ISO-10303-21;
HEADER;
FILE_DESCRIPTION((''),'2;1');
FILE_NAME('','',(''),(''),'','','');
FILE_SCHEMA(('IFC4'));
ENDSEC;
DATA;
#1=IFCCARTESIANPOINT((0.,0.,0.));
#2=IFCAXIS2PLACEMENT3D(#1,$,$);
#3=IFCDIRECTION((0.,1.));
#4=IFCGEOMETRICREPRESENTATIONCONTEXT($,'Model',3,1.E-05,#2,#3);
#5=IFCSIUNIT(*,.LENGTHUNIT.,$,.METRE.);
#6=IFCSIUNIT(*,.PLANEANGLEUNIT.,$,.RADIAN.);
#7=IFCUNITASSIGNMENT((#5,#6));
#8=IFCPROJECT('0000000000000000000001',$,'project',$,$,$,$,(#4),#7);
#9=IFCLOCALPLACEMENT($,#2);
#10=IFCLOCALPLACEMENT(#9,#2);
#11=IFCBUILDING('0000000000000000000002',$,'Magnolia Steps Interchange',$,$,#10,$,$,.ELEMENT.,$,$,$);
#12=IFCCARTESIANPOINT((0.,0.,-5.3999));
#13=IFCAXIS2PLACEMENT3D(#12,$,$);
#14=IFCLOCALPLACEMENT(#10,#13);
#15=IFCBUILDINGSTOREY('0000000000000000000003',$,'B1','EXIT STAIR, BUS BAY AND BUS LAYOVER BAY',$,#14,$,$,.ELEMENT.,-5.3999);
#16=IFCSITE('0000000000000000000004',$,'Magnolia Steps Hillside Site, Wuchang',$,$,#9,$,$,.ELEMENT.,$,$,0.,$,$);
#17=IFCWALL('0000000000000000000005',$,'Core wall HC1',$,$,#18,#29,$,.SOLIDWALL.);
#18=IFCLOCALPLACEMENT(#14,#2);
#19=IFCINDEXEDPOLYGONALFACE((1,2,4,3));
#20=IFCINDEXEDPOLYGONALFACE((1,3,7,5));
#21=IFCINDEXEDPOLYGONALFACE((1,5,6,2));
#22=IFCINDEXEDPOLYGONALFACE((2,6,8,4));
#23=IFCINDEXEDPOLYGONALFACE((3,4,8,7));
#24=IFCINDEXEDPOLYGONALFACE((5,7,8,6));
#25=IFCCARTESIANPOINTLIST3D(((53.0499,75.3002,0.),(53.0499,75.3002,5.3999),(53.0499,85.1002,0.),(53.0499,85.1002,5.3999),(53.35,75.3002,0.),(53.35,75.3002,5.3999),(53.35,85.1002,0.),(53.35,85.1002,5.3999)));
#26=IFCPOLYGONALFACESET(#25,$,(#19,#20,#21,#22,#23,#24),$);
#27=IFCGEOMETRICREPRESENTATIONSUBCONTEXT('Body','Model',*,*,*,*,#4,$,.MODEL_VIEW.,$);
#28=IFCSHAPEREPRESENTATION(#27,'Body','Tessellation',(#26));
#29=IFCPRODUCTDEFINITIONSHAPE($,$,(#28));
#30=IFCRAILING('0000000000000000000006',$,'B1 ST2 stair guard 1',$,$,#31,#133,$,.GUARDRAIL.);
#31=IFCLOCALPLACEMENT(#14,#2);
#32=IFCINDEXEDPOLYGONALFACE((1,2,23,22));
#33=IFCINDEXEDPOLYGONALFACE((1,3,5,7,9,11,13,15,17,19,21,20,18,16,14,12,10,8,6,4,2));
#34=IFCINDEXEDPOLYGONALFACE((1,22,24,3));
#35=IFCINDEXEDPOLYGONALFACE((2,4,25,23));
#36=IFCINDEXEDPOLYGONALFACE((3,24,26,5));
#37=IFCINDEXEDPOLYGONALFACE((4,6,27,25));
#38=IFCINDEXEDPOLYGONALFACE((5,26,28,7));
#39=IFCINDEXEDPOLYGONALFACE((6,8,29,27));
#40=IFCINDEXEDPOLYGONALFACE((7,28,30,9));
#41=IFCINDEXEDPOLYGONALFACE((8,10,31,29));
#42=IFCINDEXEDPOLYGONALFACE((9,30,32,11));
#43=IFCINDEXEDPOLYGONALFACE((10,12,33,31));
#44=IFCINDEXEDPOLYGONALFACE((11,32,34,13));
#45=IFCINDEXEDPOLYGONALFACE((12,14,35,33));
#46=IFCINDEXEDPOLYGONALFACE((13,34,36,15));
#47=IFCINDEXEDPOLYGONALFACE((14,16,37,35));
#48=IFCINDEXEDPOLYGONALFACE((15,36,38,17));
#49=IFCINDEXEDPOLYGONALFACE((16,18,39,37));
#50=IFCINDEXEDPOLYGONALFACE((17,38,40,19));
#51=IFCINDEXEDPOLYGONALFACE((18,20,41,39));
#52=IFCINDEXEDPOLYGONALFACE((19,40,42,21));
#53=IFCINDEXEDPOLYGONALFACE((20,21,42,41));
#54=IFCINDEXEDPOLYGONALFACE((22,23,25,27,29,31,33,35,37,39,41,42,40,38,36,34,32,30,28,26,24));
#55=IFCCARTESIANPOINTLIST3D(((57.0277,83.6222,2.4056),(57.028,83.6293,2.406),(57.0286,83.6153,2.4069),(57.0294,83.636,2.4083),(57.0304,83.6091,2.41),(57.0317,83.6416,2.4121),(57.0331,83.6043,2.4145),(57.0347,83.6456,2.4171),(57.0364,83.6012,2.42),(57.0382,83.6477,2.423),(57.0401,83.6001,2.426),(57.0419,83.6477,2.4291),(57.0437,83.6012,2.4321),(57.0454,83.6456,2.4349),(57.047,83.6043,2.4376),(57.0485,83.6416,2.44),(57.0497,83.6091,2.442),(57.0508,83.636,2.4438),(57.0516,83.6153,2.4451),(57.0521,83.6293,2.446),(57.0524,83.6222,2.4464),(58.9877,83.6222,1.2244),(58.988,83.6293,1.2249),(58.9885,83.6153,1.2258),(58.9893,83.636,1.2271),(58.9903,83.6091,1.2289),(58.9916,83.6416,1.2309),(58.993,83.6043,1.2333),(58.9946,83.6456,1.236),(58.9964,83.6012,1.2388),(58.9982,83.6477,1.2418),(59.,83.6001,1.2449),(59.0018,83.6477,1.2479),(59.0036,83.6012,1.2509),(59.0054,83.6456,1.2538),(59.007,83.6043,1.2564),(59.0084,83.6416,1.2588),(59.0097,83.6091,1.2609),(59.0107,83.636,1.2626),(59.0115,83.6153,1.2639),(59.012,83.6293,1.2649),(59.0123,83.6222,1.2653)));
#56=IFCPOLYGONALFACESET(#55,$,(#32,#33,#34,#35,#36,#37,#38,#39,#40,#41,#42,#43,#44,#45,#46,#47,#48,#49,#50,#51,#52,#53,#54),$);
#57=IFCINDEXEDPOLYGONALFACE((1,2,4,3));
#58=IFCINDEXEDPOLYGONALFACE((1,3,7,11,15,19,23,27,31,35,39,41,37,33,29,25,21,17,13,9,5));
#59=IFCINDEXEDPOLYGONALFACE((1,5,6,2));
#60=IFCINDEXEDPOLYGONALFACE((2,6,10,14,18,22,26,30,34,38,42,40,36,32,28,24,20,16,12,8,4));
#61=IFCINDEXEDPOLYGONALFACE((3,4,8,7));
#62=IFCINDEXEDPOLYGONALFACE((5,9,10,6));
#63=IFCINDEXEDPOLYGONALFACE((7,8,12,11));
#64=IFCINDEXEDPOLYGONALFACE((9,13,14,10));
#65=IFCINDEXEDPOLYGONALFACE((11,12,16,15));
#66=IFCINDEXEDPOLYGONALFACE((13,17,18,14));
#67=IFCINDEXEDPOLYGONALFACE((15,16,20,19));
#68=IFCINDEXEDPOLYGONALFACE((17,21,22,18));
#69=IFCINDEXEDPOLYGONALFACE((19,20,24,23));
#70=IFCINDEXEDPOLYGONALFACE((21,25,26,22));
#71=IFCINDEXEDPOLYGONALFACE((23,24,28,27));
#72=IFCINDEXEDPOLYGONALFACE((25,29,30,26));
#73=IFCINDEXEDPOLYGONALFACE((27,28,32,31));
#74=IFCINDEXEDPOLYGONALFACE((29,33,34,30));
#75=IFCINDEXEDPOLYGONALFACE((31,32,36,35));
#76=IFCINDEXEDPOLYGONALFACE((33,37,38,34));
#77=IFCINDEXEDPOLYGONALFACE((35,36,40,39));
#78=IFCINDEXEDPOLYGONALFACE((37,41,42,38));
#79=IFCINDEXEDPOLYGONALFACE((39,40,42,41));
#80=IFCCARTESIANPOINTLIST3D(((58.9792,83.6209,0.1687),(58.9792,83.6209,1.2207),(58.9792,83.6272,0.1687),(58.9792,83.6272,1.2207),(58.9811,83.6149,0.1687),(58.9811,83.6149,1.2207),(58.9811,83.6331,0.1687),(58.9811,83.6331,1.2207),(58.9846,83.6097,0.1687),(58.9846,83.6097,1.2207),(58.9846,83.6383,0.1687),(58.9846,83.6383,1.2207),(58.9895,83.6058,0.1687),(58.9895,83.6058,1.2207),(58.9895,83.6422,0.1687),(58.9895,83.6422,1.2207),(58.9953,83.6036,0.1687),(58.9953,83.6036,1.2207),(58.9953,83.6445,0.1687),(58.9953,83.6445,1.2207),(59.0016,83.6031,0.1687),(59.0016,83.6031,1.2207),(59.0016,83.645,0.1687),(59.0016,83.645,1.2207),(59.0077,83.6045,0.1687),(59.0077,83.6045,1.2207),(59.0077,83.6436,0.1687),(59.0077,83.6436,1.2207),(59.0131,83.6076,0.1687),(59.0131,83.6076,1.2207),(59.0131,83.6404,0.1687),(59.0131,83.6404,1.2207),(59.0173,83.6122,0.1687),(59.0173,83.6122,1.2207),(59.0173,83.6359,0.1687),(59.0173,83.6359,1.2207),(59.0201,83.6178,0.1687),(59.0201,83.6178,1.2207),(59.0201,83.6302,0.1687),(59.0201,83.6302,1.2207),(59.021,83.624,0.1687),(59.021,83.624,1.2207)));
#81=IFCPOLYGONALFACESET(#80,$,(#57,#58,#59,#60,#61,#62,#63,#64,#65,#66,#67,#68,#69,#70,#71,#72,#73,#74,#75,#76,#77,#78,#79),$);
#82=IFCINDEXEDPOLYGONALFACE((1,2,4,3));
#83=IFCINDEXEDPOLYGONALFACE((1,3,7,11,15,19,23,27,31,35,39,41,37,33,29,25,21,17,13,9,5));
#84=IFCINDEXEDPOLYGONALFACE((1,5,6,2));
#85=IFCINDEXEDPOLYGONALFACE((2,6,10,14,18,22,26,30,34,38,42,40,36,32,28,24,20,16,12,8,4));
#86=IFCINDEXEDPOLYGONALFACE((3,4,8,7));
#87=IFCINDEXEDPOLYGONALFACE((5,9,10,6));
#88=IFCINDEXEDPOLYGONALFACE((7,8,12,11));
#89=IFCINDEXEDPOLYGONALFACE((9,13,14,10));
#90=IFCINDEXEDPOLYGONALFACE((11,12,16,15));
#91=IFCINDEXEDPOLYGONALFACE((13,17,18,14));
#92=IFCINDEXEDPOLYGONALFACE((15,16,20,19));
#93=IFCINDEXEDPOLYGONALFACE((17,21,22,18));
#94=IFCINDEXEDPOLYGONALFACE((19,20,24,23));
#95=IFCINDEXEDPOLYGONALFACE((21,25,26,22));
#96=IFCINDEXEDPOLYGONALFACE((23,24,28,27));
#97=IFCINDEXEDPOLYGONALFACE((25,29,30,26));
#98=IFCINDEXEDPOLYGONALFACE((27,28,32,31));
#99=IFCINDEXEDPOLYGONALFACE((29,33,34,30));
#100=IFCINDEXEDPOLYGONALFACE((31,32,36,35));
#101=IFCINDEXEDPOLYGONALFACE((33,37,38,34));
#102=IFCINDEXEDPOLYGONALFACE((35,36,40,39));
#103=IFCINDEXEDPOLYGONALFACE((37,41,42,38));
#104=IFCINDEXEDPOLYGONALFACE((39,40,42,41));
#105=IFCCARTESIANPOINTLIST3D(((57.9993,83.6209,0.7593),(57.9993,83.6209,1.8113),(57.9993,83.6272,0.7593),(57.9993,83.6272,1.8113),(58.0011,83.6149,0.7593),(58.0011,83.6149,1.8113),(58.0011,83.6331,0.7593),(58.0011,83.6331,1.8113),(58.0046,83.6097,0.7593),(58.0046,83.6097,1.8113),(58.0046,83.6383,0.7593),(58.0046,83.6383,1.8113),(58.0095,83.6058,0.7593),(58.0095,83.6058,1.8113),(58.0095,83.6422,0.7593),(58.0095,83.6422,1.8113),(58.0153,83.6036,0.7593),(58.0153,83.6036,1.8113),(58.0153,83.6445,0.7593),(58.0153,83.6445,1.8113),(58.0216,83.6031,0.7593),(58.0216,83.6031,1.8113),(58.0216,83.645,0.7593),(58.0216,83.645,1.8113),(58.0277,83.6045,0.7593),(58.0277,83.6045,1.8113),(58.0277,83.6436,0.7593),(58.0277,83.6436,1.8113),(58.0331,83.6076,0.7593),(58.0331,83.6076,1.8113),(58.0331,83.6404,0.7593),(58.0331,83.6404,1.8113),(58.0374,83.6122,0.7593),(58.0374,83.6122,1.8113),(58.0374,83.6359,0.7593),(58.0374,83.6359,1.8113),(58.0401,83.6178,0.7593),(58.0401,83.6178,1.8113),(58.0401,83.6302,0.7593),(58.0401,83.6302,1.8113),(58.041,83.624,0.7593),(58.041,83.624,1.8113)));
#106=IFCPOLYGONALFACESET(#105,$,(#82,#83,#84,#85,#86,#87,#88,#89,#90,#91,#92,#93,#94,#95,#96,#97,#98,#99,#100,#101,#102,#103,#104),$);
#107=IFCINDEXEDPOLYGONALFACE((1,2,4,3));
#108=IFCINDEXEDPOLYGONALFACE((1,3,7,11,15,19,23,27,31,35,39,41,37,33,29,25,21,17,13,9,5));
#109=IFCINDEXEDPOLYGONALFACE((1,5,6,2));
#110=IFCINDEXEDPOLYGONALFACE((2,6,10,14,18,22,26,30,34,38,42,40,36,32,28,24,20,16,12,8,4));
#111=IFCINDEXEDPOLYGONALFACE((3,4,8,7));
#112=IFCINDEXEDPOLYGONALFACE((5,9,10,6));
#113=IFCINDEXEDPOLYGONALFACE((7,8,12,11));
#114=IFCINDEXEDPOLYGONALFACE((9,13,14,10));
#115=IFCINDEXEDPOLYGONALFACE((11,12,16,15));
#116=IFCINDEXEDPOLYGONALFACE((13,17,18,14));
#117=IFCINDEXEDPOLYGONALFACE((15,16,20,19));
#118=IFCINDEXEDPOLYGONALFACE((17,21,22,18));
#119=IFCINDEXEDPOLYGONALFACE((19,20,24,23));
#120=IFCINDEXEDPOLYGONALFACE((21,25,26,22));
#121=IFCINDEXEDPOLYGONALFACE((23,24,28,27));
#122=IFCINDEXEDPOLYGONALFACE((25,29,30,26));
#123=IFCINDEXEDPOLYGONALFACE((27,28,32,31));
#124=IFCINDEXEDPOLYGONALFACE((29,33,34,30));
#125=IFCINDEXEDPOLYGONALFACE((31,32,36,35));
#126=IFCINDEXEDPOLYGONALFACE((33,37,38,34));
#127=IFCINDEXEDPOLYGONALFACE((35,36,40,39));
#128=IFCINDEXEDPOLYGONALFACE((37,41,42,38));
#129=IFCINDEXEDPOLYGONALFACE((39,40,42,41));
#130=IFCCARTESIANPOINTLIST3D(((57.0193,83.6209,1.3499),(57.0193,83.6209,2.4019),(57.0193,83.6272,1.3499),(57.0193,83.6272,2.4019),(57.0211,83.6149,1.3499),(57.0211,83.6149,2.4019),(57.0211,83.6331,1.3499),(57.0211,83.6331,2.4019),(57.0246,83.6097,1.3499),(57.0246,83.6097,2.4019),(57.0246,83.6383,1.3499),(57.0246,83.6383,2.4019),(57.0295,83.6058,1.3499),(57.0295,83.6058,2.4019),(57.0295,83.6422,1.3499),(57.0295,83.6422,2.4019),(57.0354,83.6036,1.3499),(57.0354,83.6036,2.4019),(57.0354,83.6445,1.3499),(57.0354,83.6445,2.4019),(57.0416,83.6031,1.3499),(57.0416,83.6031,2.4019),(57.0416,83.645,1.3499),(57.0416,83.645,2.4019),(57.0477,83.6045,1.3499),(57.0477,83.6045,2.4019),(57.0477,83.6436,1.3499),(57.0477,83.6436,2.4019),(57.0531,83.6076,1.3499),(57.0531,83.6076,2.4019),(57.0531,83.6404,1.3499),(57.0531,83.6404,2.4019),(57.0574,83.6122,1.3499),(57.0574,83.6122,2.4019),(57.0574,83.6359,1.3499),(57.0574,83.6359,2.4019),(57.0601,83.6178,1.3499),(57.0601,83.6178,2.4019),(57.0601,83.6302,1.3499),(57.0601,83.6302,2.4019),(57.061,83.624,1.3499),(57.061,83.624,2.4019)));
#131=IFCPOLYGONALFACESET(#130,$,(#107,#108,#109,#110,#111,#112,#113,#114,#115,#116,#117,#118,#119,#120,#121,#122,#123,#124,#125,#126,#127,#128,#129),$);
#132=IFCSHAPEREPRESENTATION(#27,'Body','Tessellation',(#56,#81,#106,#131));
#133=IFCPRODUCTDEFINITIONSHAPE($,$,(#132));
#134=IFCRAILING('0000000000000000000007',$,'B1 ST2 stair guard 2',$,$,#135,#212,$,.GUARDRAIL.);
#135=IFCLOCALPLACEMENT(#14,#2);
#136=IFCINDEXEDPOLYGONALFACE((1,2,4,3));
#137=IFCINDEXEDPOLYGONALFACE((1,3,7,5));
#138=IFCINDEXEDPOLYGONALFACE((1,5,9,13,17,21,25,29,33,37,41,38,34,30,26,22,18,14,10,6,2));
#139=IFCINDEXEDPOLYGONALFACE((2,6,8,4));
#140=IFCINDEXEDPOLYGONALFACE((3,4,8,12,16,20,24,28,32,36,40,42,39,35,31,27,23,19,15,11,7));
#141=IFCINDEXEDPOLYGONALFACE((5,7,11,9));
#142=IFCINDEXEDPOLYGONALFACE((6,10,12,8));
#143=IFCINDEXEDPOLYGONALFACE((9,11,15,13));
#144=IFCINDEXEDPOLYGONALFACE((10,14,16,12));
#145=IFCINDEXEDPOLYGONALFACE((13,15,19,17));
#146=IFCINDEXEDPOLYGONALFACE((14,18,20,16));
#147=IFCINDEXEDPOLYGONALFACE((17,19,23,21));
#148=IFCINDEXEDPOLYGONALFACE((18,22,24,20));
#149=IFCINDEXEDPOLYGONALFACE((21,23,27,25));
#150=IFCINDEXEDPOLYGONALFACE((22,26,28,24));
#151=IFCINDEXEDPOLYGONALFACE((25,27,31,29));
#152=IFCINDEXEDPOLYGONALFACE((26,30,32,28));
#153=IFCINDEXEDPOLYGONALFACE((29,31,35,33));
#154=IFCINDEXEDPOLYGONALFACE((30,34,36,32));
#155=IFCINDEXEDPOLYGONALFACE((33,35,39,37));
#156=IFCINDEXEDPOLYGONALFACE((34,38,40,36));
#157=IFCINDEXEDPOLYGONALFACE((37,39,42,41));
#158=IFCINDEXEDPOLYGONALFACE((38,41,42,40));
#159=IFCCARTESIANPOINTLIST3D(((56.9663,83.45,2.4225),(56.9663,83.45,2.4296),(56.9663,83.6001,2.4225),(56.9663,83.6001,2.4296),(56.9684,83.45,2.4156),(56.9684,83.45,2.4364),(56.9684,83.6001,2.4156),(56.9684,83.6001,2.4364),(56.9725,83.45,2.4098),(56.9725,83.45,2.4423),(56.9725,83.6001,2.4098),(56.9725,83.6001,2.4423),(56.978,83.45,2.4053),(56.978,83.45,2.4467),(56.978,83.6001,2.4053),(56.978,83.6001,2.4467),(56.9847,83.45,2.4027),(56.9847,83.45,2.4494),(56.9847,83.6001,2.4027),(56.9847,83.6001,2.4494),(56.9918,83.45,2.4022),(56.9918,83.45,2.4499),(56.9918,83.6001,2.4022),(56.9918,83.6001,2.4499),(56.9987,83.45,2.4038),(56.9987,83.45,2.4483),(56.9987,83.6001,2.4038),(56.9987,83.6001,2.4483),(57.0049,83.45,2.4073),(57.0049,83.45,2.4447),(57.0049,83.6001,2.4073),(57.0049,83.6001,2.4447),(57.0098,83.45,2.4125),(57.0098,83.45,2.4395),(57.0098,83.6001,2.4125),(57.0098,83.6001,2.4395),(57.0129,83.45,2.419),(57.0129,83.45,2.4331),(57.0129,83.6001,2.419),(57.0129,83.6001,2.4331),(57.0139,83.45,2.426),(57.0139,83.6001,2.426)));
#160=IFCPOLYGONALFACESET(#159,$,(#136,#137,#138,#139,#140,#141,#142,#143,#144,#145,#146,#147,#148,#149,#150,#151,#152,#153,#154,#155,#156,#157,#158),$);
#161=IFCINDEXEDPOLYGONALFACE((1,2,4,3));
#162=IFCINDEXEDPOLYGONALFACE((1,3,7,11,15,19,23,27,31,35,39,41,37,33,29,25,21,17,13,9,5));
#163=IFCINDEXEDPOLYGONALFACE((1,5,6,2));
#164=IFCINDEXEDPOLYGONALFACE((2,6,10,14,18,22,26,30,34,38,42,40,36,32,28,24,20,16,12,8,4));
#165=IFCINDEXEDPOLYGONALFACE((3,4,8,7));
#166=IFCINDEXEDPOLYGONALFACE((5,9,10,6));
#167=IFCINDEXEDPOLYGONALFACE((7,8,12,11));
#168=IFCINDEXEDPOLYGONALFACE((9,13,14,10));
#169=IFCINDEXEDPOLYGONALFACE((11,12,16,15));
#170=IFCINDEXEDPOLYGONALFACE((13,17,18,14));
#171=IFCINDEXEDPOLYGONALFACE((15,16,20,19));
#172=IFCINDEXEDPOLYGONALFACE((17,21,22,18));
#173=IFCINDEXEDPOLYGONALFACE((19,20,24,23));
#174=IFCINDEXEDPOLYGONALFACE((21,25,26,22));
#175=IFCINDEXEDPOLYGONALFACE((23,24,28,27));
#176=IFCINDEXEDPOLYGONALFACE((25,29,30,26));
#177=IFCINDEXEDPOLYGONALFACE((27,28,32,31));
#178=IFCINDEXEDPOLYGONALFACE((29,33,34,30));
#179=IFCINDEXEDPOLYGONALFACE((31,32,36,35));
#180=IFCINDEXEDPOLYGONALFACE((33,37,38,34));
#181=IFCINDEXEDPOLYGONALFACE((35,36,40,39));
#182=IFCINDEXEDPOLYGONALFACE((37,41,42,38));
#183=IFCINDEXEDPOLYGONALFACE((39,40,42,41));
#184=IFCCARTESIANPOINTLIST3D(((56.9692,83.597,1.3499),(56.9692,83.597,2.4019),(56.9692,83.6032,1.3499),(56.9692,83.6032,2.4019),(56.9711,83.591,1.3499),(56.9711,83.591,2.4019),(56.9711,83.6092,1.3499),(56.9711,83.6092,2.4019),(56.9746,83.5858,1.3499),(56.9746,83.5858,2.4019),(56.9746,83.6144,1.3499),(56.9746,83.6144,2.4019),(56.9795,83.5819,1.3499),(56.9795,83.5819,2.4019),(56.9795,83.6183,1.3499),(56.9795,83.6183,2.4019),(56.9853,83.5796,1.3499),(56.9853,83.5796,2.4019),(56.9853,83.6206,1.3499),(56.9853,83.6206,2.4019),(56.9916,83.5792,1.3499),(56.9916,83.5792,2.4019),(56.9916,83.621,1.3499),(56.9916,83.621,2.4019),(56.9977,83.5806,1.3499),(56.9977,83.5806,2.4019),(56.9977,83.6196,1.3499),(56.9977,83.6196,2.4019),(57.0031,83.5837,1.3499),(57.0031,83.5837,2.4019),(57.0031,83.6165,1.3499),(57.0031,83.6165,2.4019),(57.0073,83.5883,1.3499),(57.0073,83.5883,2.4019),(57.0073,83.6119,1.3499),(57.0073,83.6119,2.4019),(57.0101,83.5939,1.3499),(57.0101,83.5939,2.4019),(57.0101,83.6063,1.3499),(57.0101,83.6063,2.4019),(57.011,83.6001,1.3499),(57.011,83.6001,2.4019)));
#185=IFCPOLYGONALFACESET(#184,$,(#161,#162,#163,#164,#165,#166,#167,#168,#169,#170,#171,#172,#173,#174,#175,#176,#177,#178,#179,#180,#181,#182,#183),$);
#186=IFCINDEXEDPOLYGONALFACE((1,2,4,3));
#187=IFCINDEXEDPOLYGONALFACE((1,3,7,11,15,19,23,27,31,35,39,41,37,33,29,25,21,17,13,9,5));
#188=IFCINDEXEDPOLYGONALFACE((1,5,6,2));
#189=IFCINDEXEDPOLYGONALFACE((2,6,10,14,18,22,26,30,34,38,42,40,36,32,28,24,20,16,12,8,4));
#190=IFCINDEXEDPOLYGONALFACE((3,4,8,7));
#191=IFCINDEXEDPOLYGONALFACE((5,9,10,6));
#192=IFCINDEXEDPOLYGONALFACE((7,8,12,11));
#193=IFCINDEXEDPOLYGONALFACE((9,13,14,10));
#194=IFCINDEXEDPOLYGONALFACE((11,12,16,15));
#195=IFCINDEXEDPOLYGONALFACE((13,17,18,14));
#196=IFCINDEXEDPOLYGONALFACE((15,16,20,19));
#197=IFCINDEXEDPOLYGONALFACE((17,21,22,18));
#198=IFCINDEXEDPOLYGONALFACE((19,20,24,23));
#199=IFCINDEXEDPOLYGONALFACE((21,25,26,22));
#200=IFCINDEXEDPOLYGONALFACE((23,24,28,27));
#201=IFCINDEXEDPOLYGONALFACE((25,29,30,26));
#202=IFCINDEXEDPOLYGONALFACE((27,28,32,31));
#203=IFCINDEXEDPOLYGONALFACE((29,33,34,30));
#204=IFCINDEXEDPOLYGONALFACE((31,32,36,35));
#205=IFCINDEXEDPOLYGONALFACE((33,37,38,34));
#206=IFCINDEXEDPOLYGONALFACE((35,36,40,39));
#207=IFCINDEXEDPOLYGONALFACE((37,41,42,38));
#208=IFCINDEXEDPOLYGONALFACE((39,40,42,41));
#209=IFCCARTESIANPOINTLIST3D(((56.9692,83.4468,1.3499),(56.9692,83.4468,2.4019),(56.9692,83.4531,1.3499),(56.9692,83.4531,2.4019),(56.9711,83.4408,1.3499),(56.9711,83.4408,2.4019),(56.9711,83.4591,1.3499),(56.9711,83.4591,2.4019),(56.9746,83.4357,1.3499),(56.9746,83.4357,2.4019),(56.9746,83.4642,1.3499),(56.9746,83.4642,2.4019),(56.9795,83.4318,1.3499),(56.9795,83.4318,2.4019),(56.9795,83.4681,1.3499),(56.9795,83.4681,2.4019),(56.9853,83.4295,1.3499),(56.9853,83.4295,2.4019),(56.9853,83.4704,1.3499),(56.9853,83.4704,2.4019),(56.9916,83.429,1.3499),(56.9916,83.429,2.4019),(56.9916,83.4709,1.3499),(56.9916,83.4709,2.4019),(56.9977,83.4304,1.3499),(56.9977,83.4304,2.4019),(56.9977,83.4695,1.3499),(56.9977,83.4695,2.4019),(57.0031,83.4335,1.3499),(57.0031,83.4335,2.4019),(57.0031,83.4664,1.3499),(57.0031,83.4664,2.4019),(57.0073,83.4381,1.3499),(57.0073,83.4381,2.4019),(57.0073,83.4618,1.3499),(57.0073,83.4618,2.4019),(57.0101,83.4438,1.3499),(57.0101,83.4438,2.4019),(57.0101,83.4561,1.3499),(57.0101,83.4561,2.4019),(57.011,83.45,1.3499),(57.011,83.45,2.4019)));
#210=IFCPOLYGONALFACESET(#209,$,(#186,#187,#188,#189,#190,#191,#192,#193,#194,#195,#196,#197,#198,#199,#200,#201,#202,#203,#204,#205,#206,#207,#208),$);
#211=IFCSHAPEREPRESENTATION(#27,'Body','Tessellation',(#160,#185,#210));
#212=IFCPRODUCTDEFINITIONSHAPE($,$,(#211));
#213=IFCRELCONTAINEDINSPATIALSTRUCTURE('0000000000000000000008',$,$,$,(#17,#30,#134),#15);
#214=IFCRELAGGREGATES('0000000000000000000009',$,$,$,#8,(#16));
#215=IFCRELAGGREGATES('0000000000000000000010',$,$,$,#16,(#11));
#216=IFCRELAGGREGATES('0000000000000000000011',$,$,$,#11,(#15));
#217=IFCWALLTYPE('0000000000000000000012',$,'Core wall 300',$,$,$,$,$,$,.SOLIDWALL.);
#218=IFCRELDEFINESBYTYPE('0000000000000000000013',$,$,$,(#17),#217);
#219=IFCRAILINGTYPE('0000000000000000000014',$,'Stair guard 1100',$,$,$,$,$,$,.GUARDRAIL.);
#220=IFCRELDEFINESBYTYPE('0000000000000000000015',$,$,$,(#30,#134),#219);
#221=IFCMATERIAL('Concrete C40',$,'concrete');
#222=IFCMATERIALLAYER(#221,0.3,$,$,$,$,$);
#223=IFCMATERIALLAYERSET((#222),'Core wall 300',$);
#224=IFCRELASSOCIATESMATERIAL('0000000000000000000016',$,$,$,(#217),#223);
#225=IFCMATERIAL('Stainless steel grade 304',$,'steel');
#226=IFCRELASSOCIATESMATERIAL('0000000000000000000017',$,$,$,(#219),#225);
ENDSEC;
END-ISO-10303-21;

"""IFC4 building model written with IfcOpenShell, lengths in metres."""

from ifc_helpers import new_model, si_unit, direction, frame, frame_2d, origin, origin_2d, place, context, subcontext, project, spatial, rectangle, circle, extrude, material, layer, layer_set, type_object, element, save


model = new_model("IFC4")

# Units and contexts
model_context = context("Model", 3, precision=1e-05, world=origin(), true_north=direction((0.0, 1.0)))
body_context = subcontext(model_context, "Body", "Model", "MODEL_VIEW")
ifc_project = project(units=[si_unit("LENGTHUNIT", "METRE"), si_unit("PLANEANGLEUNIT", "RADIAN")], contexts=[model_context])

# Site, building, storey
site_placement = place(None, origin())
site = spatial("IfcSite", under=ifc_project, at=site_placement, Name="Magnolia Steps Hillside Site, Wuchang", CompositionType="ELEMENT", RefElevation=0.0)
building_placement = place(site_placement, origin())
building = spatial("IfcBuilding", under=site, at=building_placement, Name="Magnolia Steps Interchange", CompositionType="ELEMENT")
storey_placement = place(building_placement, frame((0.0, 0.0, -5.3999)))
storey = spatial("IfcBuildingStorey", under=building, at=storey_placement, Name="B1", Description="EXIT STAIR, BUS BAY AND BUS LAYOVER BAY", CompositionType="ELEMENT", Elevation=-5.3999)

# Wall
ifc_material_1 = material(Name="Concrete C40", Category="concrete")
ifc_layer_1 = layer(ifc_material_1, 0.3)
ifc_layer_set_1 = layer_set([ifc_layer_1], Name="Core wall 300")
wall_type_1 = type_object("IfcWallType", Name="Core wall 300", PredefinedType="SOLIDWALL", material=ifc_layer_set_1)
wall_1_placement = place(storey_placement, frame((53.2, 85.1001, 0.0), z_axis=(0.0, 0.0, 1.0), x_axis=(0.0, -1.0, 0.0)))
element("IfcWall", 1, at=wall_1_placement, inside=storey, type_object=wall_type_1, Name="Core wall HC1", PredefinedType="SOLIDWALL", context=body_context, shape_type="SweptSolid", body=[
    extrude(rectangle(XDim=9.8, YDim=0.3, at=frame_2d((4.8999, 0.0))), origin(), (0.0, 0.0, 1.0), 5.3999),
])

# Railings
ifc_material_2 = material(Name="Stainless steel grade 304", Category="steel")
railing_type_1 = type_object("IfcRailingType", Name="Stair guard 1100", PredefinedType="GUARDRAIL", material=ifc_material_2)
railing_1_placement = place(storey_placement, frame((59.0, 83.624, 0.1687)))
element("IfcRailing", 2, at=railing_1_placement, inside=storey, type_object=railing_type_1, Name="B1 ST2 stair guard 1", PredefinedType="GUARDRAIL", context=body_context, shape_type="SweptSolid", body=[
    extrude(circle(Radius=0.0239, at=origin_2d()), frame((0.0, 0.0, 1.0762), z_axis=(-0.856493, 0.0, 0.516158), x_axis=(0.0, -1.0, 0.0)), (0.0, 0.0, 1.0), 2.2883),
    extrude(circle(Radius=0.021, at=origin_2d()), origin(), (0.0, 0.0, 1.0), 1.052),
    extrude(circle(Radius=0.021, at=origin_2d()), frame((-0.98, 0.0, 0.5906)), (0.0, 0.0, 1.0), 1.052),
    extrude(circle(Radius=0.021, at=origin_2d()), frame((-1.96, 0.0, 1.1812)), (0.0, 0.0, 1.0), 1.052),
])
railing_2_placement = place(storey_placement, frame((56.99, 83.6001, 1.3499)))
element("IfcRailing", 3, at=railing_2_placement, inside=storey, type_object=railing_type_1, Name="B1 ST2 stair guard 2", PredefinedType="GUARDRAIL", context=body_context, shape_type="SweptSolid", body=[
    extrude(circle(Radius=0.0239, at=origin_2d()), frame((0.0, 0.0, 1.0762), z_axis=(0.0, -1.0, 0.0), x_axis=(1.0, 0.0, 0.0)), (0.0, 0.0, 1.0), 0.1501),
    extrude(circle(Radius=0.021, at=origin_2d()), origin(), (0.0, 0.0, 1.0), 1.052),
    extrude(circle(Radius=0.021, at=origin_2d()), frame((0.0, -0.1501, 0.0)), (0.0, 0.0, 1.0), 1.052),
])

save(model, "model.ifc")
